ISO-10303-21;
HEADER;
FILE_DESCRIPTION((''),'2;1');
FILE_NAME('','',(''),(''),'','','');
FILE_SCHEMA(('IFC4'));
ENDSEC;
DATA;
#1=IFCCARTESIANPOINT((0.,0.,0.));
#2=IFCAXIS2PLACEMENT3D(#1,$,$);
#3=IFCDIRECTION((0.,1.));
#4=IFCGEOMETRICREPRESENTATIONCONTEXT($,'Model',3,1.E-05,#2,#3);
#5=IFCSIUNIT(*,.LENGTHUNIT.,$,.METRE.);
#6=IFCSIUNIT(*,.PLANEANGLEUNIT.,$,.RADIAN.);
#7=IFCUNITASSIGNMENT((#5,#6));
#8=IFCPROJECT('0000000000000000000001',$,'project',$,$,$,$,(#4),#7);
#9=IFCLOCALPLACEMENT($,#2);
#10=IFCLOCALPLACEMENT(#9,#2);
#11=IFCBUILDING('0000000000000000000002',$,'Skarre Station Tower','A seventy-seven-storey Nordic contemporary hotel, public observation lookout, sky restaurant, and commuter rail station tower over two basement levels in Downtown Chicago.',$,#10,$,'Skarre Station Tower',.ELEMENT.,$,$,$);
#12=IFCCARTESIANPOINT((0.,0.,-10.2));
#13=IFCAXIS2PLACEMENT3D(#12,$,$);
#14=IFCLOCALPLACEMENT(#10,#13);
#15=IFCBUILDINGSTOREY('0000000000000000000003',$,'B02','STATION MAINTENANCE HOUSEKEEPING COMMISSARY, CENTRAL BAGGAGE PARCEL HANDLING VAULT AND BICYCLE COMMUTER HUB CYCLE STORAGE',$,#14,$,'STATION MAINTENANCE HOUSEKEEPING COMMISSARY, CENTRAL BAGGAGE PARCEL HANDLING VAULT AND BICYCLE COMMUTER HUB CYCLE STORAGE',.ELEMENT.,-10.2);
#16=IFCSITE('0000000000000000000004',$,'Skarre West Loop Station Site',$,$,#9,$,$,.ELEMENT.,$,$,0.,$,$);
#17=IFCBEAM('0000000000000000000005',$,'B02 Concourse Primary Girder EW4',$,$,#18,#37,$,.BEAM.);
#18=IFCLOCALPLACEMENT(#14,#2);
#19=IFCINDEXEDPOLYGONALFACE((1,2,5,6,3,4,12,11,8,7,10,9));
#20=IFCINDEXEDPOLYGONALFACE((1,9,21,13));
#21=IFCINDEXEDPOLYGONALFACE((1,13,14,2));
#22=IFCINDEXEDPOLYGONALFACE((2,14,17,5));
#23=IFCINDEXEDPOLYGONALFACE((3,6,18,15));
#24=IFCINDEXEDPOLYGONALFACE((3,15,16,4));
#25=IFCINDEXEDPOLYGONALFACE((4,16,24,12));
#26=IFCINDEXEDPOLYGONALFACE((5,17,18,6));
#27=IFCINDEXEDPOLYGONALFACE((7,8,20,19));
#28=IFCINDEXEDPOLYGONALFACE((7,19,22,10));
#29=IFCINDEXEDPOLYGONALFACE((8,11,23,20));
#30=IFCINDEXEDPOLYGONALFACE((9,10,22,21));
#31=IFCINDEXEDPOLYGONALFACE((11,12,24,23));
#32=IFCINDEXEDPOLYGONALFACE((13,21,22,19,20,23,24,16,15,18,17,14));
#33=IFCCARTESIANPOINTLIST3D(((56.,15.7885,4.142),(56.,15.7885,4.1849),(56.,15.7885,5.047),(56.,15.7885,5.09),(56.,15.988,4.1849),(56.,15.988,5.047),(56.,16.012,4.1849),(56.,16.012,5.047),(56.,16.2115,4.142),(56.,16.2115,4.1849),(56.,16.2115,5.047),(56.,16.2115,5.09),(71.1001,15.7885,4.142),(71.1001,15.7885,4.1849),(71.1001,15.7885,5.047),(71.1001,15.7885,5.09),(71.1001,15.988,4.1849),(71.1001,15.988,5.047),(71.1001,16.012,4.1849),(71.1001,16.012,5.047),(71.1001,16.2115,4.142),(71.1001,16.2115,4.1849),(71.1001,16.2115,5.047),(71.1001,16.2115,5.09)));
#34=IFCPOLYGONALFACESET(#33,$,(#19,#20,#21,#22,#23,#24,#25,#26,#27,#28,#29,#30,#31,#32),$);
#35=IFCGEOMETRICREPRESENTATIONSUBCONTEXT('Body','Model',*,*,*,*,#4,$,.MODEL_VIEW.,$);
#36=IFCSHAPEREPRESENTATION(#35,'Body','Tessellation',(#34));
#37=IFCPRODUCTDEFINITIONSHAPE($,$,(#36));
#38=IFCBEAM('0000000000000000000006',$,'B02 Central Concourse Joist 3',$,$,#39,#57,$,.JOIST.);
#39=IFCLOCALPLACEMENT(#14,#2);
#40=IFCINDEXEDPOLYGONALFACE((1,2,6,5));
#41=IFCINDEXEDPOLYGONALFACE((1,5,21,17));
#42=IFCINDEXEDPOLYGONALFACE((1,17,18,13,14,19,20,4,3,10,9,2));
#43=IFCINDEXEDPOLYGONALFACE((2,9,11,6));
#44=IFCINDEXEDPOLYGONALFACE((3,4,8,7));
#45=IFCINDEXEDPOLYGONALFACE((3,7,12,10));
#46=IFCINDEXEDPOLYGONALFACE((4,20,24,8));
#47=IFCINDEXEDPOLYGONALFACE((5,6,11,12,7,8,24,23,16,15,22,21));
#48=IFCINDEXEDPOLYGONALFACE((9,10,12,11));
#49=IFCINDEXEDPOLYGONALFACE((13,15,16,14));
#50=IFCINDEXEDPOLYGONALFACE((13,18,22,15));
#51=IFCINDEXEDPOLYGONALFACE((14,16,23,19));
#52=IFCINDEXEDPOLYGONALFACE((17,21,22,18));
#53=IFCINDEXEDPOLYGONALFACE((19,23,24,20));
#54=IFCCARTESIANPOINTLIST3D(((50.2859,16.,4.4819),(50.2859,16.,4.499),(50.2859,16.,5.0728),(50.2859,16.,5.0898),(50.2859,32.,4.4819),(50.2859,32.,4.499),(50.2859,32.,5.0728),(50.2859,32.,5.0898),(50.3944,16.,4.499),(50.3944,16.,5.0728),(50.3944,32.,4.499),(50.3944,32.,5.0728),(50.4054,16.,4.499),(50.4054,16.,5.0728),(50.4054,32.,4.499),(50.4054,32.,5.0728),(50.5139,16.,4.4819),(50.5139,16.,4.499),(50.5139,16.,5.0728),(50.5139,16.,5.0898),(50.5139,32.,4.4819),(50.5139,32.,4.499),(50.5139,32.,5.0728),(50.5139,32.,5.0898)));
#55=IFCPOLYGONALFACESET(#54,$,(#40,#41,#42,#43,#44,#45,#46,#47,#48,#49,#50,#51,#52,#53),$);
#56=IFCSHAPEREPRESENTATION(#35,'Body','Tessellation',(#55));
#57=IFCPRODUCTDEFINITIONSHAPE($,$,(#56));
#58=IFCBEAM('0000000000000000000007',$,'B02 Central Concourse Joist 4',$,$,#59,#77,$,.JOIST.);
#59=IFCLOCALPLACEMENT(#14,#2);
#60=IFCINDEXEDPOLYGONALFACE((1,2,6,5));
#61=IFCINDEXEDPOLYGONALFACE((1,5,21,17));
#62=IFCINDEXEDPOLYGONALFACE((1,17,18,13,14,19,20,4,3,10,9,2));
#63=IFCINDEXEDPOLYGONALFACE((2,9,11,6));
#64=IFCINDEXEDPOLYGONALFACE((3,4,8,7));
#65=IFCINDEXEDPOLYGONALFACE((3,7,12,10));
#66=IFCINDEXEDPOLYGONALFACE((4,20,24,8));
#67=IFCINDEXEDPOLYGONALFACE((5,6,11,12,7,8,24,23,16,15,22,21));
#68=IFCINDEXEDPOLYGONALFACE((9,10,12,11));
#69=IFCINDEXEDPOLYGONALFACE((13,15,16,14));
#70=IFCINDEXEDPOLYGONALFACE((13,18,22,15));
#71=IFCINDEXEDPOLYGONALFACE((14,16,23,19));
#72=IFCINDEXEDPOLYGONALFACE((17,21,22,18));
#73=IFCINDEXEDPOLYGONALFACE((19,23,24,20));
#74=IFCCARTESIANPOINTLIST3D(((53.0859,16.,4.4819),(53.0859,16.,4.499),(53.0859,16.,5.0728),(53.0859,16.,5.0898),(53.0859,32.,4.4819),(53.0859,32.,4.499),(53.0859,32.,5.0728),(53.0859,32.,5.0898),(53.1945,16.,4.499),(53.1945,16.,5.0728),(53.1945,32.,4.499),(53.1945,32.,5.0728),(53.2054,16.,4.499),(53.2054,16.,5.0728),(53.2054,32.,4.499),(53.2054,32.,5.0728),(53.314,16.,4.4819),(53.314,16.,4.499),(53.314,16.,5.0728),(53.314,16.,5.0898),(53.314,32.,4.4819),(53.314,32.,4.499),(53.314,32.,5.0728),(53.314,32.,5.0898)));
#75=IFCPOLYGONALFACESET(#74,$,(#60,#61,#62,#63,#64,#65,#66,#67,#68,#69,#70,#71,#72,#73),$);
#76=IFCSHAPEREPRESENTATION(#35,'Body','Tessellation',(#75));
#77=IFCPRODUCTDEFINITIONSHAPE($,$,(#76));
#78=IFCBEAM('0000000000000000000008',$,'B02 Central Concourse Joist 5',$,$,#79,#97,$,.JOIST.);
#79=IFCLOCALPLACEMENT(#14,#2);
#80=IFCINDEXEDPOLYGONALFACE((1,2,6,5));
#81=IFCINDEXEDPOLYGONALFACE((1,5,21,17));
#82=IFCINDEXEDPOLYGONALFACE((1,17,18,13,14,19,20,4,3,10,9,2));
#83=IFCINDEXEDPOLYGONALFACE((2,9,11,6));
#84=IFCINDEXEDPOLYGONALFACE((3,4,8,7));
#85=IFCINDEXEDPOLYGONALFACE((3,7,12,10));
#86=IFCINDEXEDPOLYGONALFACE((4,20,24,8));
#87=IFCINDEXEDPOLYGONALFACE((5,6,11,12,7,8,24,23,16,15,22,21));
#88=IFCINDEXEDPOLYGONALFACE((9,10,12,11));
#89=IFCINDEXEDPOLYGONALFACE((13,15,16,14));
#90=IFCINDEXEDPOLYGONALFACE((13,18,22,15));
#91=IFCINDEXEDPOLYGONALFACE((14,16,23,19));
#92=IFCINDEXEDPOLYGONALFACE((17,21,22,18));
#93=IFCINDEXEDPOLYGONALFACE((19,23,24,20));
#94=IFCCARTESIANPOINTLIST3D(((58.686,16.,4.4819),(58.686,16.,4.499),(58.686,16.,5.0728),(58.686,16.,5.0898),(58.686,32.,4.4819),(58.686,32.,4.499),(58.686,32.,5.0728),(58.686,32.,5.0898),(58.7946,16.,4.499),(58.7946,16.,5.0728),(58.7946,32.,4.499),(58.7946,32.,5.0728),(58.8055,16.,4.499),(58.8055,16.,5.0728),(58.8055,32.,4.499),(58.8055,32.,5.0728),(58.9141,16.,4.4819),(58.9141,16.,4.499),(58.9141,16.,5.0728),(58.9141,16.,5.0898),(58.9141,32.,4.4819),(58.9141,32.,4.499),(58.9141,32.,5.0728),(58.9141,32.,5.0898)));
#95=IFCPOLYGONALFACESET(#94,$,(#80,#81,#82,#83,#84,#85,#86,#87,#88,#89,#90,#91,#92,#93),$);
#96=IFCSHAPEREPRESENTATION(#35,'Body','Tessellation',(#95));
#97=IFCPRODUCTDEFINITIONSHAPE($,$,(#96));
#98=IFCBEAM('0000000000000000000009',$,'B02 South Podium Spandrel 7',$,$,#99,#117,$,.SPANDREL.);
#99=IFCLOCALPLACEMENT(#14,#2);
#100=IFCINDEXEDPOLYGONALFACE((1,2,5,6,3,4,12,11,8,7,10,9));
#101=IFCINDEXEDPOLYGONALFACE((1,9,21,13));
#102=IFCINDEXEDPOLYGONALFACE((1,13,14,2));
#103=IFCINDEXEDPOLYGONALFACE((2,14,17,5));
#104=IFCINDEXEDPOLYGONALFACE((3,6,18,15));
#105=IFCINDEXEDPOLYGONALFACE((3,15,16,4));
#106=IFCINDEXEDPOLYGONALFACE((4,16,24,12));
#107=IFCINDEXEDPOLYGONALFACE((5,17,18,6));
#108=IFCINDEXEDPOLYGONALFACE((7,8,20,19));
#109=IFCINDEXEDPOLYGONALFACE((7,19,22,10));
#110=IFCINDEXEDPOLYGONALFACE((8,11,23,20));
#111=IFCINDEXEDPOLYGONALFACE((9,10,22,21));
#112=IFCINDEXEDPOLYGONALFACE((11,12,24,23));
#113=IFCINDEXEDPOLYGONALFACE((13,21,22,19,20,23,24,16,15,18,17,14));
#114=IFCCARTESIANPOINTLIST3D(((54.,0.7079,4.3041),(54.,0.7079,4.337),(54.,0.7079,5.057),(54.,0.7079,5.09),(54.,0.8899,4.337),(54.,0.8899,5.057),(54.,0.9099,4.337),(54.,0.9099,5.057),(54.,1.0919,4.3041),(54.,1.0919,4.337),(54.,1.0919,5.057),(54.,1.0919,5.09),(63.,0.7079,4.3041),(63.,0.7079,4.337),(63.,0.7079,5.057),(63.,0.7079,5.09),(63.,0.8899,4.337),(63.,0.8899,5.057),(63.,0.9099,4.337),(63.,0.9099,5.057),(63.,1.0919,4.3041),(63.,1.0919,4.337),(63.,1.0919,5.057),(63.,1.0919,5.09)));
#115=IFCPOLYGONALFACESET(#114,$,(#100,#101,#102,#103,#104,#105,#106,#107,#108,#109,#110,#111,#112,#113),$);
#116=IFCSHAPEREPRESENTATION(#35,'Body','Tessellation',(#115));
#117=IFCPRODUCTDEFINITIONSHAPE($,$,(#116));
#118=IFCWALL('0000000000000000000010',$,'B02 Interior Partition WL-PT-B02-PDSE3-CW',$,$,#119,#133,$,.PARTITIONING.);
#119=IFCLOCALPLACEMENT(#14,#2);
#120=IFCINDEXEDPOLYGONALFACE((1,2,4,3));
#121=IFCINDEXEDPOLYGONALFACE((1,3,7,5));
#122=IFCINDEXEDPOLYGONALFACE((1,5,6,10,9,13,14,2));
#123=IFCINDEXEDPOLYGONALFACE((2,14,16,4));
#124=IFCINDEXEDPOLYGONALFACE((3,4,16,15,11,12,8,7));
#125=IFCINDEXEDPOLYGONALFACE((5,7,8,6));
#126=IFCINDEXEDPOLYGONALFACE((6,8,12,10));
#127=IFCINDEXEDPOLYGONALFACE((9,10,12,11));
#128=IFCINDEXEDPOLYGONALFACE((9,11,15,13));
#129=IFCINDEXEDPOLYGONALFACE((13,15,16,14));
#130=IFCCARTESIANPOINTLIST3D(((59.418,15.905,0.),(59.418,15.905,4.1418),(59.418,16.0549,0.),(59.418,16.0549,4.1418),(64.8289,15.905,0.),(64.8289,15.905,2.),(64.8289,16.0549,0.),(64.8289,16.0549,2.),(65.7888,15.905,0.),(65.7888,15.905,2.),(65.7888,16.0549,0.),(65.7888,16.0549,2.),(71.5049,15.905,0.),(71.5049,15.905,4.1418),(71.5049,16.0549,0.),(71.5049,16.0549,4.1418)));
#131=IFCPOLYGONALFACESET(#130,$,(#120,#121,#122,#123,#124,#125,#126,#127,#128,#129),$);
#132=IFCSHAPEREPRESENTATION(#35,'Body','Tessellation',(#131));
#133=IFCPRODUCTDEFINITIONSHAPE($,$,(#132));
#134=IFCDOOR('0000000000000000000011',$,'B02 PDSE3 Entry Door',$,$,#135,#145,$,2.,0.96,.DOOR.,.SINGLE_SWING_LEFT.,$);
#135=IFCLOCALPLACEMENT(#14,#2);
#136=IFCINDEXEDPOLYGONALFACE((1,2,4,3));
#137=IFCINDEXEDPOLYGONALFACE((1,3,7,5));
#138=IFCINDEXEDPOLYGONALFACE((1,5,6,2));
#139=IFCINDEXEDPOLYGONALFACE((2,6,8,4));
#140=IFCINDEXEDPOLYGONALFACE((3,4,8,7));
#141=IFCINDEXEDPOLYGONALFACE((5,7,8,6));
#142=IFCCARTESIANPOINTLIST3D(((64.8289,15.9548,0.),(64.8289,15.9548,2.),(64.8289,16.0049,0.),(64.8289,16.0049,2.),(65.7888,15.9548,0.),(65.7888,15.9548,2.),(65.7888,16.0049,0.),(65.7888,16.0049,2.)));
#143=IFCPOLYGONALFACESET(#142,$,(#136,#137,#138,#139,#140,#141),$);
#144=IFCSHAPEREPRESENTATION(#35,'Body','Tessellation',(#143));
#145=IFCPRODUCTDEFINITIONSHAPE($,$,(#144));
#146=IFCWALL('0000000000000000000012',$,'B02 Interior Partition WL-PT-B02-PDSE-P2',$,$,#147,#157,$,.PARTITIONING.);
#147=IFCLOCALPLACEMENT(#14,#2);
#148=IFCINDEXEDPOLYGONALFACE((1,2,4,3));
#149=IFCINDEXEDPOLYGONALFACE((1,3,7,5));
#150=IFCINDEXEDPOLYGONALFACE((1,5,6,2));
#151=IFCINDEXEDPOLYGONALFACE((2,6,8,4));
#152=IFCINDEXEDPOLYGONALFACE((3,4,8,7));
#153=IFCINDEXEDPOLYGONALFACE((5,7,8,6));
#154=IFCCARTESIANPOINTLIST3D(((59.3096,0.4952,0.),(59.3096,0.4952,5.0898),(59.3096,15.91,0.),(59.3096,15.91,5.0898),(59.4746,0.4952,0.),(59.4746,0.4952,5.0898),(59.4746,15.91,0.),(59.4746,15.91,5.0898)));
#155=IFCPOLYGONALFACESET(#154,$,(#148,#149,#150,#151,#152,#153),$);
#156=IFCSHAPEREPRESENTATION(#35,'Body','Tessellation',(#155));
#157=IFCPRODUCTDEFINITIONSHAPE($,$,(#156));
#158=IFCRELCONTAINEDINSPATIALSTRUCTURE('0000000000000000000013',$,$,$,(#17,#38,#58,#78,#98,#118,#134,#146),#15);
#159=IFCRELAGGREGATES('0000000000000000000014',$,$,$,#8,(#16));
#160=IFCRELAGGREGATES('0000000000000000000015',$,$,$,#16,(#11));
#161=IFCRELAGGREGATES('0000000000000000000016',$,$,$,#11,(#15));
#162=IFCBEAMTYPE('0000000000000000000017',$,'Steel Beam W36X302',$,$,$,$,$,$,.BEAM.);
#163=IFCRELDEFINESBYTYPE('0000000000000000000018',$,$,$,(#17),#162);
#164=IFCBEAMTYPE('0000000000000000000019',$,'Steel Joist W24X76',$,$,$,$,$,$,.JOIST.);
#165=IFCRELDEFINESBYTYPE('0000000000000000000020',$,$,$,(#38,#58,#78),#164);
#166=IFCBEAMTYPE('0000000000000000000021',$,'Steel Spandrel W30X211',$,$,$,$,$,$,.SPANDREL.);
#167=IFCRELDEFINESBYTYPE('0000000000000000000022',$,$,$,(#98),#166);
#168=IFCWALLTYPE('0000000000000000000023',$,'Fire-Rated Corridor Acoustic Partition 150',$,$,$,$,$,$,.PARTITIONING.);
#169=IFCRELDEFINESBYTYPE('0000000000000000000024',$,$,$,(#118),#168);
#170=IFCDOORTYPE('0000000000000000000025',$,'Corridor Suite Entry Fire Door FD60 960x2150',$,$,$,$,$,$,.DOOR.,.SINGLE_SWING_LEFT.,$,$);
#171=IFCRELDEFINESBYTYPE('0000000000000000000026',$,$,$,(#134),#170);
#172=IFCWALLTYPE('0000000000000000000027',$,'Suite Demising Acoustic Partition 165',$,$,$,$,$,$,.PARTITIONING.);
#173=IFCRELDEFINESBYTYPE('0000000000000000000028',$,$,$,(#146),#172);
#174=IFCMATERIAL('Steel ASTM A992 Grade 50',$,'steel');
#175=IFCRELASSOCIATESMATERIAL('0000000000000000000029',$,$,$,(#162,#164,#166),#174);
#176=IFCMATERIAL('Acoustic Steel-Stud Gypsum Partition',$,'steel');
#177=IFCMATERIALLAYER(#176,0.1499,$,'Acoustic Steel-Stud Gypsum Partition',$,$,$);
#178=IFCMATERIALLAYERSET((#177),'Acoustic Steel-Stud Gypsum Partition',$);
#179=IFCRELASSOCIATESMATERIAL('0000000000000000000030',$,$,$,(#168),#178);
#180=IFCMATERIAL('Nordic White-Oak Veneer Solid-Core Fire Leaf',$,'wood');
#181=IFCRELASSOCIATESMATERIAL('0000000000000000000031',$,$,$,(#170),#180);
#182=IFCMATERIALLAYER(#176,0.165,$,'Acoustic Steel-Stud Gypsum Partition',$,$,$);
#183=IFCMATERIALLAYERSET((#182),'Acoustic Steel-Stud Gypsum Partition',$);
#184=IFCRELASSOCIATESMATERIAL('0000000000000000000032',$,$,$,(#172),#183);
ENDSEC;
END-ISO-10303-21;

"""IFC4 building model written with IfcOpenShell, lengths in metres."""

from ifc_helpers import new_model, si_unit, direction, frame, frame_2d, origin, origin_2d, place, context, subcontext, project, spatial, rectangle, i_section, extrude, material, layer, layer_set, material_profile, profile_set, type_object, element, fill, save


model = new_model("IFC4")

# Units and contexts
model_context = context("Model", 3, precision=1e-05, world=origin(), true_north=direction((0.0, 1.0)))
body_context = subcontext(model_context, "Body", "Model", "MODEL_VIEW")
ifc_project = project(units=[si_unit("LENGTHUNIT", "METRE"), si_unit("PLANEANGLEUNIT", "RADIAN")], contexts=[model_context])

# Site, building, storey
site_placement = place(None, origin())
site = spatial("IfcSite", under=ifc_project, at=site_placement, Name="Skarre West Loop Station Site", CompositionType="ELEMENT", RefElevation=0.0)
building_placement = place(site_placement, origin())
building = spatial("IfcBuilding", under=site, at=building_placement, Name="Skarre Station Tower", Description="A seventy-seven-storey Nordic contemporary hotel, public observation lookout, sky restaurant, and commuter rail station tower over two basement levels in Downtown Chicago.", LongName="Skarre Station Tower", CompositionType="ELEMENT")
storey_placement = place(building_placement, frame((0.0, 0.0, -10.2)))
storey = spatial("IfcBuildingStorey", under=building, at=storey_placement, Name="B02", Description="STATION MAINTENANCE HOUSEKEEPING COMMISSARY, CENTRAL BAGGAGE PARCEL HANDLING VAULT AND BICYCLE COMMUTER HUB CYCLE STORAGE", LongName="STATION MAINTENANCE HOUSEKEEPING COMMISSARY, CENTRAL BAGGAGE PARCEL HANDLING VAULT AND BICYCLE COMMUTER HUB CYCLE STORAGE", CompositionType="ELEMENT", Elevation=-10.2)

# Beams
ifc_material_1 = material(Name="Steel ASTM A992 Grade 50", Category="steel")
ifc_material_profile_1 = material_profile(ifc_material_1, i_section(OverallWidth=0.4231, OverallDepth=0.948, WebThickness=0.0239, FlangeThickness=0.043, at=origin_2d()), Name="Steel ASTM A992 Grade 50")
ifc_profile_set_1 = profile_set([ifc_material_profile_1], Name="Steel ASTM A992 Grade 50")
beam_type_1 = type_object("IfcBeamType", Name="Steel Beam W36X302", PredefinedType="BEAM", material=ifc_profile_set_1)
beam_1_placement = place(storey_placement, frame((56.0, 16.0, 4.616), z_axis=(1.0, 0.0, 0.0), x_axis=(0.0, 1.0, 0.0)))
element("IfcBeam", 1, at=beam_1_placement, inside=storey, type_object=beam_type_1, Name="B02 Concourse Primary Girder EW4", PredefinedType="BEAM", context=body_context, shape_type="SweptSolid", body=[
    extrude(i_section(OverallWidth=0.4231, OverallDepth=0.948, WebThickness=0.0239, FlangeThickness=0.043, at=origin_2d()), origin(), (0.0, 0.0, 1.0), 15.1001),
])
ifc_material_profile_2 = material_profile(ifc_material_1, i_section(OverallWidth=0.228, OverallDepth=0.6079, WebThickness=0.011, FlangeThickness=0.0171, at=origin_2d()), Name="Steel ASTM A992 Grade 50")
ifc_profile_set_2 = profile_set([ifc_material_profile_2], Name="Steel ASTM A992 Grade 50")
beam_type_2 = type_object("IfcBeamType", Name="Steel Joist W24X76", PredefinedType="JOIST", material=ifc_profile_set_2)
for number, where, z_axis, x_axis, name in (
    (2, (50.3999, 16.0, 4.7859), (0.0, 1.0, 0.0), (-1.0, 0.0, 0.0), "B02 Central Concourse Joist 3"),
    (3, (53.2, 16.0, 4.7859), (0.0, 1.0, 0.0), (-1.0, 0.0, 0.0), "B02 Central Concourse Joist 4"),
    (4, (58.8, 16.0, 4.7859), (0.0, 1.0, 0.0), (-1.0, 0.0, 0.0), "B02 Central Concourse Joist 5"),
):
    element("IfcBeam", number, at=place(storey_placement, frame(where, z_axis=z_axis, x_axis=x_axis)), inside=storey, type_object=beam_type_2, Name=name, PredefinedType="JOIST", context=body_context, shape_type="SweptSolid", body=[
        extrude(i_section(OverallWidth=0.228, OverallDepth=0.6079, WebThickness=0.011, FlangeThickness=0.0171, at=origin_2d()), origin(), (0.0, 0.0, 1.0), 16.0),
    ])
ifc_material_profile_3 = material_profile(ifc_material_1, i_section(OverallWidth=0.384, OverallDepth=0.7859, WebThickness=0.02, FlangeThickness=0.033, at=origin_2d()), Name="Steel ASTM A992 Grade 50")
ifc_profile_set_3 = profile_set([ifc_material_profile_3], Name="Steel ASTM A992 Grade 50")
beam_type_3 = type_object("IfcBeamType", Name="Steel Spandrel W30X211", PredefinedType="SPANDREL", material=ifc_profile_set_3)
beam_2_placement = place(storey_placement, frame((54.0, 0.8999, 4.697), z_axis=(1.0, 0.0, 0.0), x_axis=(0.0, 1.0, 0.0)))
element("IfcBeam", 5, at=beam_2_placement, inside=storey, type_object=beam_type_3, Name="B02 South Podium Spandrel 7", PredefinedType="SPANDREL", context=body_context, shape_type="SweptSolid", body=[
    extrude(i_section(OverallWidth=0.384, OverallDepth=0.7859, WebThickness=0.02, FlangeThickness=0.033, at=origin_2d()), origin(), (0.0, 0.0, 1.0), 9.0),
])

# Wall, opening, door
ifc_material_2 = material(Name="Acoustic Steel-Stud Gypsum Partition", Category="steel")
ifc_layer_1 = layer(ifc_material_2, 0.1499, Name="Acoustic Steel-Stud Gypsum Partition")
ifc_layer_set_1 = layer_set([ifc_layer_1], Name="Acoustic Steel-Stud Gypsum Partition")
wall_type_1 = type_object("IfcWallType", Name="Fire-Rated Corridor Acoustic Partition 150", PredefinedType="PARTITIONING", material=ifc_layer_set_1)
wall_1_placement = place(storey_placement, frame((59.418, 15.98, 0.0), z_axis=(0.0, 0.0, 1.0), x_axis=(1.0, 0.0, 0.0)))
wall_1 = element("IfcWall", 6, at=wall_1_placement, inside=storey, type_object=wall_type_1, Name="B02 Interior Partition WL-PT-B02-PDSE3-CW", PredefinedType="PARTITIONING", context=body_context, shape_type="SweptSolid", body=[
    extrude(rectangle(XDim=12.0869, YDim=0.1499, at=frame_2d((6.0435, 0.0))), origin(), (0.0, 0.0, 1.0), 4.1418),
])
opening_placement = place(wall_1_placement, frame((5.4109, 0.0, 0.0)))
opening = element("IfcOpeningElement", 7, at=opening_placement, cuts=wall_1, PredefinedType="OPENING", context=body_context, shape_type="SweptSolid", body=[
    extrude(rectangle(XDim=0.96, YDim=2.0, at=frame_2d((0.48, 1.0))), frame((0.0, 0.085, 0.0), z_axis=(0.0, -1.0, 0.0), x_axis=(1.0, 0.0, 0.0)), (0.0, 0.0, 1.0), 0.1699),
])
ifc_material_3 = material(Name="Nordic White-Oak Veneer Solid-Core Fire Leaf", Category="wood")
door_type = type_object("IfcDoorType", Name="Corridor Suite Entry Fire Door FD60 960x2150", OperationType="SINGLE_SWING_LEFT", PredefinedType="DOOR", material=ifc_material_3)
door_placement = place(opening_placement, origin())
door = element("IfcDoor", 8, at=door_placement, inside=storey, type_object=door_type, Name="B02 PDSE3 Entry Door", OperationType="SINGLE_SWING_LEFT", OverallHeight=2.0, OverallWidth=0.96, PredefinedType="DOOR", context=body_context, shape_type="SweptSolid", body=[
    extrude(rectangle(XDim=0.96, YDim=2.0, at=frame_2d((0.48, 1.0))), frame((0.0, 0.0249, 0.0), z_axis=(0.0, -1.0, 0.0), x_axis=(1.0, 0.0, 0.0)), (0.0, 0.0, 1.0), 0.05),
])
fill(opening, door)

# Wall
ifc_layer_2 = layer(ifc_material_2, 0.165, Name="Acoustic Steel-Stud Gypsum Partition")
ifc_layer_set_2 = layer_set([ifc_layer_2], Name="Acoustic Steel-Stud Gypsum Partition")
wall_type_2 = type_object("IfcWallType", Name="Suite Demising Acoustic Partition 165", PredefinedType="PARTITIONING", material=ifc_layer_set_2)
wall_2_placement = place(storey_placement, frame((59.3921, 0.4951, 0.0), z_axis=(0.0, 0.0, 1.0), x_axis=(0.0, 1.0, 0.0)))
element("IfcWall", 9, at=wall_2_placement, inside=storey, type_object=wall_type_2, Name="B02 Interior Partition WL-PT-B02-PDSE-P2", PredefinedType="PARTITIONING", context=body_context, shape_type="SweptSolid", body=[
    extrude(rectangle(XDim=15.4148, YDim=0.165, at=frame_2d((7.7075, 0.0))), origin(), (0.0, 0.0, 1.0), 5.0898),
])

save(model, "model.ifc")
